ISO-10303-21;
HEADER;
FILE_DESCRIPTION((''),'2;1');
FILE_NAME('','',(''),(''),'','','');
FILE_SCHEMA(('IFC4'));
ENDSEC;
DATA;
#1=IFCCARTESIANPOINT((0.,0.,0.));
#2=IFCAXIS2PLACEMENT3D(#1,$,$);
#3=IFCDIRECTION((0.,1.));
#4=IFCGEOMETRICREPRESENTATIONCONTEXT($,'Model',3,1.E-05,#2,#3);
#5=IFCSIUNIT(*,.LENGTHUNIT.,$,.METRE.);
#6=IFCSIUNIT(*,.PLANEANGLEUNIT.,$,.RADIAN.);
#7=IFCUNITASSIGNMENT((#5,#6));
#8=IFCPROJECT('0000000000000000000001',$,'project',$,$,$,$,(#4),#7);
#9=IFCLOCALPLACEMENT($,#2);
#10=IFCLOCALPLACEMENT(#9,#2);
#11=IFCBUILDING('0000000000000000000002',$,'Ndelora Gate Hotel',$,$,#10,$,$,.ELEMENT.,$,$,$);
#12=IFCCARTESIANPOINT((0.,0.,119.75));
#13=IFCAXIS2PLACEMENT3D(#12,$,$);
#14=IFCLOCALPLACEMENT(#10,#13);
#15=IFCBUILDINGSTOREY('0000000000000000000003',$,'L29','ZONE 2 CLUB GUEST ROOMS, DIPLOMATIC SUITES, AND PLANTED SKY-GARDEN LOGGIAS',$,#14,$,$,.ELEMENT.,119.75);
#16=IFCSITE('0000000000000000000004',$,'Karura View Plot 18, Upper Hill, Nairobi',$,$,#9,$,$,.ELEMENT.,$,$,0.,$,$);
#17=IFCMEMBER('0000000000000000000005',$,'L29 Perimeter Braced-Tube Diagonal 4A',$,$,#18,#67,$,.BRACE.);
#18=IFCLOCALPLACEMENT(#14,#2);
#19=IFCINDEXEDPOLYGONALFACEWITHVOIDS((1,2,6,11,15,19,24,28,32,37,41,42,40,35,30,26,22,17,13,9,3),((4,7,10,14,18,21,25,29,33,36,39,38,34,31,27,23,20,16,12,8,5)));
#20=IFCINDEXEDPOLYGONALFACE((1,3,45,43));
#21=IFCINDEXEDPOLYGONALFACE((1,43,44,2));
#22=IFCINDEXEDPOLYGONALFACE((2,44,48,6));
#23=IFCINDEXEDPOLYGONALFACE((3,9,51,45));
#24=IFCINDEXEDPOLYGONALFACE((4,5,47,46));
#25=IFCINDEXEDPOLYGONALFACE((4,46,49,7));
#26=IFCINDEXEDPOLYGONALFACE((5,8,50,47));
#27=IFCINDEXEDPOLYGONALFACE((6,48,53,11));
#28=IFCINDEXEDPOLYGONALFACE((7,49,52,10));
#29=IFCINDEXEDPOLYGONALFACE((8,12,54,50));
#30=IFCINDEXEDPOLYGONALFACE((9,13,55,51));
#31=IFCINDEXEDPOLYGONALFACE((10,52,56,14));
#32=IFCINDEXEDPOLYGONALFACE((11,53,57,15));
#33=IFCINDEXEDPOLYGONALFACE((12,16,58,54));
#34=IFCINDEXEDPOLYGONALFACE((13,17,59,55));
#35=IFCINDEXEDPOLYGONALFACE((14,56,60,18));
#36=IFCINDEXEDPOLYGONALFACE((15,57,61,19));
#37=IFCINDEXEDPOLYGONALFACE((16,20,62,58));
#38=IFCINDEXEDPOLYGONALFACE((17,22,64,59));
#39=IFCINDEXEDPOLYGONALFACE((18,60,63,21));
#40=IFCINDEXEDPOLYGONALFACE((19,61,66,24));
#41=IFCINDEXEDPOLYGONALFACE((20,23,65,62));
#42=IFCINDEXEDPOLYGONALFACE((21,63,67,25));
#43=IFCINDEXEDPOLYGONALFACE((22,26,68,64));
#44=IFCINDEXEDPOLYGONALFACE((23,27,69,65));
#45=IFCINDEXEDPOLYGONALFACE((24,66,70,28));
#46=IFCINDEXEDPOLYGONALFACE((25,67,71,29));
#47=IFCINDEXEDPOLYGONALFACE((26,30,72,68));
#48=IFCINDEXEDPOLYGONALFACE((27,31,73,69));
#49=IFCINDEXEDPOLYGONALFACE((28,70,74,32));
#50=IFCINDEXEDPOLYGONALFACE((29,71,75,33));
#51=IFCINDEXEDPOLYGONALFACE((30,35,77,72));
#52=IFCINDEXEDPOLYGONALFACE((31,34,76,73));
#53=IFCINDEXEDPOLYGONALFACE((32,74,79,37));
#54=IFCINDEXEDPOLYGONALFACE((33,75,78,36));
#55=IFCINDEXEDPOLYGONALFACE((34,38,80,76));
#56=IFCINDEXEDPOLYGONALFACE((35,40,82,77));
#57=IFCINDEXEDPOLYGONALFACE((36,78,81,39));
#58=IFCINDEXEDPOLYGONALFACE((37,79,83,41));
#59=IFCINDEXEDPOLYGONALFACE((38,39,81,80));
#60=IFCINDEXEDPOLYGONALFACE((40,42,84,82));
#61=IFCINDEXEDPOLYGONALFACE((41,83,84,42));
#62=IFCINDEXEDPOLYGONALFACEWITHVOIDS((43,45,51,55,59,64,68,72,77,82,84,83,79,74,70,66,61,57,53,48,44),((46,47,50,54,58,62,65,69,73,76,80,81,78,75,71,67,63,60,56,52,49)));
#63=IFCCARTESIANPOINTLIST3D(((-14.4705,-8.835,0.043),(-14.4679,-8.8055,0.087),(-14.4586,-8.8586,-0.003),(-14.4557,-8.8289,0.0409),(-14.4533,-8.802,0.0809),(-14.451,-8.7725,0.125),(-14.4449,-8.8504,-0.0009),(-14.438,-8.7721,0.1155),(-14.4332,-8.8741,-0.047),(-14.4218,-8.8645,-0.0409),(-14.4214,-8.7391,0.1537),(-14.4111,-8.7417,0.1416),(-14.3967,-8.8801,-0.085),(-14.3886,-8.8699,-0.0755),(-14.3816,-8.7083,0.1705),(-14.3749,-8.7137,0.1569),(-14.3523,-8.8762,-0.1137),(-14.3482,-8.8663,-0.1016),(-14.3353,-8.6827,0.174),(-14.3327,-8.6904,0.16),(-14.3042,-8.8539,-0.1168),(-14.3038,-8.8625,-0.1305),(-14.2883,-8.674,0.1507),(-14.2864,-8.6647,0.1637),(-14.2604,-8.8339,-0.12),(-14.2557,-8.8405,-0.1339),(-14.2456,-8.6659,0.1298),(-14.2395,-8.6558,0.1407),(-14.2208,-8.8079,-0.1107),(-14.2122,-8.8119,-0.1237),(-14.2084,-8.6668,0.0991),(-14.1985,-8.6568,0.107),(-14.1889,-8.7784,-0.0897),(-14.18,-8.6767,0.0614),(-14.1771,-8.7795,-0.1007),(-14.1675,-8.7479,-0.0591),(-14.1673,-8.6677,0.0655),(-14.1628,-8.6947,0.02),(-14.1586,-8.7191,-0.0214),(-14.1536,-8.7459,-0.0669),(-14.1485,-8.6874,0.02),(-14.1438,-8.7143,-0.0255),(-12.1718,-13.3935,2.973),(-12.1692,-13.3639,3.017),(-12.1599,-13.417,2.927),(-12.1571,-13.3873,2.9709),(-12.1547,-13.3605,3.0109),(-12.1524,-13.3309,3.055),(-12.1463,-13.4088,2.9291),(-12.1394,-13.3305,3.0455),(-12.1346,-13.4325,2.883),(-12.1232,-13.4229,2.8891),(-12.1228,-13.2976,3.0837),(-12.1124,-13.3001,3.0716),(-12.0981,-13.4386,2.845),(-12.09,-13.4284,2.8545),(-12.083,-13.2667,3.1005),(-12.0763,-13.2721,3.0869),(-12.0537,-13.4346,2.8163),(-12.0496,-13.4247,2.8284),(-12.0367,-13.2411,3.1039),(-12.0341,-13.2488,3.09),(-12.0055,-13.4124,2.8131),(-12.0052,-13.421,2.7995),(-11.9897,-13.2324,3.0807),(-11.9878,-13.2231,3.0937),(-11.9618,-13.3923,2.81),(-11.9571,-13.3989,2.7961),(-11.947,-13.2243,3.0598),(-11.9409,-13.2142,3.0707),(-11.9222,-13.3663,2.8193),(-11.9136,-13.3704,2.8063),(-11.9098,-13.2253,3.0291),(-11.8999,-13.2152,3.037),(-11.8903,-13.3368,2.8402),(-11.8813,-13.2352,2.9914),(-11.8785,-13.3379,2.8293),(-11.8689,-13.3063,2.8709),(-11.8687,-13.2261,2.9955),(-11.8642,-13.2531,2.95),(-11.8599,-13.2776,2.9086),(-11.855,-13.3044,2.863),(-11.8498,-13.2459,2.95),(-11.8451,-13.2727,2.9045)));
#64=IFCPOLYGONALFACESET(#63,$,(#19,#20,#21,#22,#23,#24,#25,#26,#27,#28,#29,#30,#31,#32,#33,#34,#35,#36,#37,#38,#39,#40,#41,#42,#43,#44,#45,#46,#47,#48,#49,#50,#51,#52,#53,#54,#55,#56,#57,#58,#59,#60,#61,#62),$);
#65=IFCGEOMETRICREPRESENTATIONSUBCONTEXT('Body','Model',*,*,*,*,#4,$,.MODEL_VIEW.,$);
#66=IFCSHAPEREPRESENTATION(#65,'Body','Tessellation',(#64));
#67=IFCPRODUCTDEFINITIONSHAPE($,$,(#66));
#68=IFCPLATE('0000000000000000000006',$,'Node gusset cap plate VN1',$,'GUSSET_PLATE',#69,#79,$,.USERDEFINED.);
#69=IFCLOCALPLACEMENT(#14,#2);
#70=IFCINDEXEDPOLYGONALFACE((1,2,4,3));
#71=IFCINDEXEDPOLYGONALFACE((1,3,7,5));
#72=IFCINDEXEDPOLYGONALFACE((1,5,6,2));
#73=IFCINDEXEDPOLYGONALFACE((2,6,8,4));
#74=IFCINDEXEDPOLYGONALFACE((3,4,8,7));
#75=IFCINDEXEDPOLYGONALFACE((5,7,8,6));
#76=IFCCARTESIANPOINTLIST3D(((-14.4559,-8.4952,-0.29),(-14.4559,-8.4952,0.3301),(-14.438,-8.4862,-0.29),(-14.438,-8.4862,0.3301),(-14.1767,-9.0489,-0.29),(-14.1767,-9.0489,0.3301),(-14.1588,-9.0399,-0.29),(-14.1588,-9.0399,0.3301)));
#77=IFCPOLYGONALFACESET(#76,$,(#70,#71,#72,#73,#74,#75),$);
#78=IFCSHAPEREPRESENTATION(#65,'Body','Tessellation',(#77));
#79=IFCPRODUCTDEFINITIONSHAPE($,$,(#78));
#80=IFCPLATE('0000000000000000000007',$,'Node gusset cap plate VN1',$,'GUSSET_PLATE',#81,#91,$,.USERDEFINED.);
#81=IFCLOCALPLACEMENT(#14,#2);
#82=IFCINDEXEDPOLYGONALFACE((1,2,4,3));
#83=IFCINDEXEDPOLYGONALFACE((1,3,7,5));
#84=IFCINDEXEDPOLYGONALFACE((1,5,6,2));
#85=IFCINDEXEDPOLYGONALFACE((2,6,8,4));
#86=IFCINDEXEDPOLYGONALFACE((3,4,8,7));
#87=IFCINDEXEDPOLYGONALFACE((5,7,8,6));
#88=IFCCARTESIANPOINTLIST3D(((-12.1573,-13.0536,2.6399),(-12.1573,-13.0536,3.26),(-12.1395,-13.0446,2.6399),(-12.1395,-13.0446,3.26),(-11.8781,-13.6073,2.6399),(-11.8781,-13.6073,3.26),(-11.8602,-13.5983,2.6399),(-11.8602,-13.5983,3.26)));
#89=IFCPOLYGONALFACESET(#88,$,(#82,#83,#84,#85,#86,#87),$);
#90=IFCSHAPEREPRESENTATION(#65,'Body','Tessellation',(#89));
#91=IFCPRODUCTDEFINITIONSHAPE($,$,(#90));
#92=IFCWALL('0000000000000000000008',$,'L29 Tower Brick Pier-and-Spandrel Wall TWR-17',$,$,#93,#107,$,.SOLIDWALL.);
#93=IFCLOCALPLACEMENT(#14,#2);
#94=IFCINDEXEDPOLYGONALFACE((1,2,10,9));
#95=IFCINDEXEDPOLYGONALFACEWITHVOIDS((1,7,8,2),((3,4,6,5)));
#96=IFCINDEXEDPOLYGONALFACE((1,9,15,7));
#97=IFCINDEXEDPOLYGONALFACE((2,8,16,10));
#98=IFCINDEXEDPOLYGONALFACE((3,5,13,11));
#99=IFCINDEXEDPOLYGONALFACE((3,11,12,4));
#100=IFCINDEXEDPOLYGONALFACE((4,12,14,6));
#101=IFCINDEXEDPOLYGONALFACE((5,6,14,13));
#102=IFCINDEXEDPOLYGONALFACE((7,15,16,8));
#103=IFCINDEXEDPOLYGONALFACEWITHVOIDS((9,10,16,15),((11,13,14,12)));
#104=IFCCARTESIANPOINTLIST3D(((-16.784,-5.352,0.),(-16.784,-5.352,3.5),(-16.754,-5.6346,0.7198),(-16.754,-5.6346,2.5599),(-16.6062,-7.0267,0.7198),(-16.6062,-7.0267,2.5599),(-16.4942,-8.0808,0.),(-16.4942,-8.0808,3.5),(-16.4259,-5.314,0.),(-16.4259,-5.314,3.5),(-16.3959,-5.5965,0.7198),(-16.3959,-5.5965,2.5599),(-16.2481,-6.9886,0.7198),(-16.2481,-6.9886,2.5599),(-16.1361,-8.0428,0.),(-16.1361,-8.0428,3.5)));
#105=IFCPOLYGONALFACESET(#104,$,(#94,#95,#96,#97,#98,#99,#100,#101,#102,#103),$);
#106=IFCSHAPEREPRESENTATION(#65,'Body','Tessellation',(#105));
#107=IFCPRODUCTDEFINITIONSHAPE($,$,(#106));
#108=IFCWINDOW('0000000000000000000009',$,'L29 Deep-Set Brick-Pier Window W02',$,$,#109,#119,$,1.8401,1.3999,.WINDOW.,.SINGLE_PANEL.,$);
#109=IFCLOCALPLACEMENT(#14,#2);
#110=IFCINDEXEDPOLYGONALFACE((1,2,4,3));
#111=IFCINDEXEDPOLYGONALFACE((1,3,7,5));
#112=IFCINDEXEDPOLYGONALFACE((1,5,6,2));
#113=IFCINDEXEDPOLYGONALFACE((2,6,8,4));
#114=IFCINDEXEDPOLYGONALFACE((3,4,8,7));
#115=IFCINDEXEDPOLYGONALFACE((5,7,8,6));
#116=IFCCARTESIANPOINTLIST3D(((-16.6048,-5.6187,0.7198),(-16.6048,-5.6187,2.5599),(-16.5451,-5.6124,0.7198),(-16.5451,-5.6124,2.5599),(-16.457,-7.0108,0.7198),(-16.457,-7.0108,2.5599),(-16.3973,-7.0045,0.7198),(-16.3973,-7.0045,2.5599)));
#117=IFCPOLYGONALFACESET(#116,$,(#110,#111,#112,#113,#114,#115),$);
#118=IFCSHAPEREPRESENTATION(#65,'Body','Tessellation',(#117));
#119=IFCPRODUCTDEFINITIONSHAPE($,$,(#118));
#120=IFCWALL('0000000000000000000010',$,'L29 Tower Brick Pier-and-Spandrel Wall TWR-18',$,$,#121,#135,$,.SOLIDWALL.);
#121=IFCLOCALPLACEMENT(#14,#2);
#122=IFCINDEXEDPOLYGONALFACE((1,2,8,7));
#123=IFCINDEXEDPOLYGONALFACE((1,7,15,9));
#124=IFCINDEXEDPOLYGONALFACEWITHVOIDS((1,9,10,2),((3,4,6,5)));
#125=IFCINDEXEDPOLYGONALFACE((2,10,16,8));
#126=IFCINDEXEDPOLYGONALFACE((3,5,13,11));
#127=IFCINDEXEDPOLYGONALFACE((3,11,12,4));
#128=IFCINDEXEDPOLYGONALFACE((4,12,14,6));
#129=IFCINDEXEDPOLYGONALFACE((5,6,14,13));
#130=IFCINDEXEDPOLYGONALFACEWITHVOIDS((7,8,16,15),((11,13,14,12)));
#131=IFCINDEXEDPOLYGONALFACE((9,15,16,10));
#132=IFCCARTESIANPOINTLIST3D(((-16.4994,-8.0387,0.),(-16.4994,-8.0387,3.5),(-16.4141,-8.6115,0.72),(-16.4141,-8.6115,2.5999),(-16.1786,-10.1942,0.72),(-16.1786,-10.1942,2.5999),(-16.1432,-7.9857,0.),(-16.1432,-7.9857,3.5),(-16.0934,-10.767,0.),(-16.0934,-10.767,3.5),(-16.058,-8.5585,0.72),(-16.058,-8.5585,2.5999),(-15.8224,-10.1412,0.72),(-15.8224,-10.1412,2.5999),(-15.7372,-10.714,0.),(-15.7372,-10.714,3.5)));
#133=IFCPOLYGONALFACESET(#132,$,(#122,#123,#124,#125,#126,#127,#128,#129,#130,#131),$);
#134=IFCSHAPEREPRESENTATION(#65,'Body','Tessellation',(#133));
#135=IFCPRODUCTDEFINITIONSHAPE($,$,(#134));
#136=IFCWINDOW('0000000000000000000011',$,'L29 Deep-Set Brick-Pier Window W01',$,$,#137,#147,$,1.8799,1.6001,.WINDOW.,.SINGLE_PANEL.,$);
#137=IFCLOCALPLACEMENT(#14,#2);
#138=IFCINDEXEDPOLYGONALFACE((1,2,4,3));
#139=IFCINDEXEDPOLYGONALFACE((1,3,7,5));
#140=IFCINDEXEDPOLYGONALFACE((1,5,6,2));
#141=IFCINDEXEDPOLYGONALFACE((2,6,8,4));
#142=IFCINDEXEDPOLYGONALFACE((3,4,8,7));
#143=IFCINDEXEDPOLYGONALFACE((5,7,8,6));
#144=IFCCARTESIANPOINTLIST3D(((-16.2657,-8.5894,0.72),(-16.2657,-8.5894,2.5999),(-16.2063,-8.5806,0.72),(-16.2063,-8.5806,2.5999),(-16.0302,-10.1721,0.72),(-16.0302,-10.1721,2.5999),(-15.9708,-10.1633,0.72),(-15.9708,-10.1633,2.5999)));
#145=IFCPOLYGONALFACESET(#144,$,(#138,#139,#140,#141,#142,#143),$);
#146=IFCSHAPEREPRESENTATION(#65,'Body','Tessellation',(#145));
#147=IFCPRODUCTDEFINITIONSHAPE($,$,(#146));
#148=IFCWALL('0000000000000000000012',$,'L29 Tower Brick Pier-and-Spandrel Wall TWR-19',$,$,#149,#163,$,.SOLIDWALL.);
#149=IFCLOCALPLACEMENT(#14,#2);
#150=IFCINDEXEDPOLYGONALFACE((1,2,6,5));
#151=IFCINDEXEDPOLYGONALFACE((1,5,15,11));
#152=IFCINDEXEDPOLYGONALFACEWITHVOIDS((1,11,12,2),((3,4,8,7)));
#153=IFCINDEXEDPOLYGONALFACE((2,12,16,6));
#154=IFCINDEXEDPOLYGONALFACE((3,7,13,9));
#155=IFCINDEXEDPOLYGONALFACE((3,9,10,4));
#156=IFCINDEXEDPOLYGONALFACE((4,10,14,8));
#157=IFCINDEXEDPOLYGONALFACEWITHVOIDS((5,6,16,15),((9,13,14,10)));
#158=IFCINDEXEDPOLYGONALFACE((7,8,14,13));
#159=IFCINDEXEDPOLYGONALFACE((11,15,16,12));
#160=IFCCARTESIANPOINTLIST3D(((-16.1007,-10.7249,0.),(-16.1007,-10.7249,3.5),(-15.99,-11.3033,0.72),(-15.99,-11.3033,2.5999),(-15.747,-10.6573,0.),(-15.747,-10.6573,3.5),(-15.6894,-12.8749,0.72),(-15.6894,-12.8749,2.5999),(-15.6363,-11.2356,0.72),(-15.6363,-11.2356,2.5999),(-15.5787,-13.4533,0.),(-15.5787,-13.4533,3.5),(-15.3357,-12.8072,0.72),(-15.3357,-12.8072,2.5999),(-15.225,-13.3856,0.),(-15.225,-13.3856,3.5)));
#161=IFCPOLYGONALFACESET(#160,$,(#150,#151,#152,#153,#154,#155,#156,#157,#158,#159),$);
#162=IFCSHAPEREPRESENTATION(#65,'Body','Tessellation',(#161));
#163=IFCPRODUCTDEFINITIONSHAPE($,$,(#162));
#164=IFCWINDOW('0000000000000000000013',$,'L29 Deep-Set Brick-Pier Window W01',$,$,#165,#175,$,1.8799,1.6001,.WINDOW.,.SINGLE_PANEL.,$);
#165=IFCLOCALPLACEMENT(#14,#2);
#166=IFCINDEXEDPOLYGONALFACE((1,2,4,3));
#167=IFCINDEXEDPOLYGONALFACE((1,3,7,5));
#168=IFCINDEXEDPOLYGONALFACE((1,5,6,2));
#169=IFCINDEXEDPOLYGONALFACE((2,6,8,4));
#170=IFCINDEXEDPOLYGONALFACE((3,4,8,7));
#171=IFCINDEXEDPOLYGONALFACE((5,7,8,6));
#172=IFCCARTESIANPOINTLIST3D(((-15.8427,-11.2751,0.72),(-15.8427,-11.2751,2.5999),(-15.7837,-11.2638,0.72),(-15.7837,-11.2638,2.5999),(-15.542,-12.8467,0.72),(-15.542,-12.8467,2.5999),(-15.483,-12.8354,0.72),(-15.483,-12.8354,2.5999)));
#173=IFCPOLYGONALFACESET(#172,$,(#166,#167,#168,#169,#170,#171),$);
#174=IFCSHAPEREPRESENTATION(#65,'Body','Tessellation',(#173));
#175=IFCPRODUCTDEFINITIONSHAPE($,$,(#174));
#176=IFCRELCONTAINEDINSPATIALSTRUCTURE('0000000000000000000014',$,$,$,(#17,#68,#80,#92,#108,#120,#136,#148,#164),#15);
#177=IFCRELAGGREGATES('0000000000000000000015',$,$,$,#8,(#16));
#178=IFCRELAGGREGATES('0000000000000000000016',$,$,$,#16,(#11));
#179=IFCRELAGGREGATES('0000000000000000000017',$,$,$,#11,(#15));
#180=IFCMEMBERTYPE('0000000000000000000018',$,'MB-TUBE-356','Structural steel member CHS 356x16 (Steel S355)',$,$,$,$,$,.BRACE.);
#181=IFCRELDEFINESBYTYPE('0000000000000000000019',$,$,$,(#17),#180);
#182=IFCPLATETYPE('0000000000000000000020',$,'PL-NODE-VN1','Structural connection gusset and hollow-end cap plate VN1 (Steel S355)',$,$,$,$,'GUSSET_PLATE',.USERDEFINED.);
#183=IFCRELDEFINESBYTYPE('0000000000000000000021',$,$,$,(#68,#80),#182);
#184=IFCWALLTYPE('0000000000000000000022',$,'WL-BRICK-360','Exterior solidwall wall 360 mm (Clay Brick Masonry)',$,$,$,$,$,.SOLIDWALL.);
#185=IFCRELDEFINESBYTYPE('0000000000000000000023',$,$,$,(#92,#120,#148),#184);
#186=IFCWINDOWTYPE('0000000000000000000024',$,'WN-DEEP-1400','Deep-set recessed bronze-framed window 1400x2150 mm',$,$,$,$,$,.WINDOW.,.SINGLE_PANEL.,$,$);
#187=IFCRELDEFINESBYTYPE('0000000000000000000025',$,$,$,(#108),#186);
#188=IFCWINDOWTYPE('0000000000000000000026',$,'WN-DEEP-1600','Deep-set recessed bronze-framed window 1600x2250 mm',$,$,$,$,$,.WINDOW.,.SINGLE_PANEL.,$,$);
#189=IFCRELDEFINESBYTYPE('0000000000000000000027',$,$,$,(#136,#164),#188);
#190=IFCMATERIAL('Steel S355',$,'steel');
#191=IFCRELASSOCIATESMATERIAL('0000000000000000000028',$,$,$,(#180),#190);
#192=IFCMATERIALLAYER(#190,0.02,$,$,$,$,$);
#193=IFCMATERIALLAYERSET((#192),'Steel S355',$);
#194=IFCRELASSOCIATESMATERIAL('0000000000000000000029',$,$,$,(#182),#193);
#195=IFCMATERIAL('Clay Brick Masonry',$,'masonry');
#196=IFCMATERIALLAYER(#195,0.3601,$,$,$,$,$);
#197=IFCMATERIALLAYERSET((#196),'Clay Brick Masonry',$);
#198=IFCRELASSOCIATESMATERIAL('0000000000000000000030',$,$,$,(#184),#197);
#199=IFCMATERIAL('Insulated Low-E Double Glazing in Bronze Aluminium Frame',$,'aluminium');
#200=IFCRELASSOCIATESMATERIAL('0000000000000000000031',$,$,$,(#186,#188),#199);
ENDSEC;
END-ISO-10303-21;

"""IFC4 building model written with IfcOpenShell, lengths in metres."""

from ifc_helpers import new_model, si_unit, direction, frame, frame_2d, origin, origin_2d, place, context, subcontext, project, spatial, rectangle, hollow_circle, extrude, material, layer, layer_set, material_profile, profile_set, type_object, element, fill, save


model = new_model("IFC4")

# Units and contexts
model_context = context("Model", 3, precision=1e-05, world=origin(), true_north=direction((0.0, 1.0)))
body_context = subcontext(model_context, "Body", "Model", "MODEL_VIEW")
ifc_project = project(units=[si_unit("LENGTHUNIT", "METRE"), si_unit("PLANEANGLEUNIT", "RADIAN")], contexts=[model_context])

# Site, building, storey
site_placement = place(None, origin())
site = spatial("IfcSite", under=ifc_project, at=site_placement, Name="Karura View Plot 18, Upper Hill, Nairobi", CompositionType="ELEMENT", RefElevation=0.0)
building_placement = place(site_placement, origin())
building = spatial("IfcBuilding", under=site, at=building_placement, Name="Ndelora Gate Hotel", CompositionType="ELEMENT")
storey_placement = place(building_placement, frame((0.0, 0.0, 119.75)))
storey = spatial("IfcBuildingStorey", under=building, at=storey_placement, Name="L29", Description="ZONE 2 CLUB GUEST ROOMS, DIPLOMATIC SUITES, AND PLANTED SKY-GARDEN LOGGIAS", CompositionType="ELEMENT", Elevation=119.75)

# Shared definitions
ifc_material_1 = material(Name="Steel S355", Category="steel")

# Member
ifc_material_profile_1 = material_profile(ifc_material_1, hollow_circle(Radius=0.178, WallThickness=0.0161, at=origin_2d()), Name="CHS 356x16")
ifc_profile_set_1 = profile_set([ifc_material_profile_1], Name="Steel S355")
member_type = type_object("IfcMemberType", Name="MB-TUBE-356", Description="Structural steel member CHS 356x16 (Steel S355)", PredefinedType="BRACE", material=ifc_profile_set_1)
member_placement = place(storey_placement, frame((-14.3074, -8.7676, 0.02), z_axis=(0.390508, -0.774422, 0.497769), x_axis=(0.892901, 0.450253, 0.0)))
element("IfcMember", 1, at=member_placement, inside=storey, type_object=member_type, Name="L29 Perimeter Braced-Tube Diagonal 4A", PredefinedType="BRACE", context=body_context, shape_type="SweptSolid", body=[
    extrude(hollow_circle(Radius=0.178, WallThickness=0.0161, at=origin_2d()), origin(), (0.0, 0.0, 1.0), 5.8862),
])

# Plates
ifc_layer_1 = layer(ifc_material_1, 0.02)
ifc_layer_set_1 = layer_set([ifc_layer_1], Name="Steel S355")
plate_type = type_object("IfcPlateType", Name="PL-NODE-VN1", Description="Structural connection gusset and hollow-end cap plate VN1 (Steel S355)", ElementType="GUSSET_PLATE", PredefinedType="USERDEFINED", material=ifc_layer_set_1)
for number, where, z_axis, x_axis, name in (
    (2, (-14.3074, -8.7676, -0.29), (0.0, 0.0, 1.0), (-0.450254, 0.8929, 0.0), "Node gusset cap plate VN1"),
    (3, (-12.0088, -13.3259, 2.6399), (0.0, 0.0, 1.0), (-0.450254, 0.8929, 0.0), "Node gusset cap plate VN1"),
):
    element("IfcPlate", number, at=place(storey_placement, frame(where, z_axis=z_axis, x_axis=x_axis)), inside=storey, type_object=plate_type, Name=name, ObjectType="GUSSET_PLATE", PredefinedType="USERDEFINED", context=body_context, shape_type="SweptSolid", body=[
        extrude(rectangle(XDim=0.6201, YDim=0.02, at=origin_2d()), origin(), (0.0, 0.0, 1.0), 0.6201),
    ])

# Walls, openings, windows
ifc_material_2 = material(Name="Clay Brick Masonry", Category="masonry")
ifc_layer_2 = layer(ifc_material_2, 0.3601)
ifc_layer_set_2 = layer_set([ifc_layer_2], Name="Clay Brick Masonry")
wall_type = type_object("IfcWallType", Name="WL-BRICK-360", Description="Exterior solidwall wall 360 mm (Clay Brick Masonry)", PredefinedType="SOLIDWALL", material=ifc_layer_set_2)
wall_1_placement = place(storey_placement, frame((-16.3152, -8.0618, 0.0), z_axis=(0.0, 0.0, 1.0), x_axis=(-0.105606, 0.994408, 0.0)))
wall_1 = element("IfcWall", 4, at=wall_1_placement, inside=storey, type_object=wall_type, Name="L29 Tower Brick Pier-and-Spandrel Wall TWR-17", PredefinedType="SOLIDWALL", context=body_context, shape_type="SweptSolid", body=[
    extrude(rectangle(XDim=2.7441, YDim=0.3601, at=frame_2d((1.3721, 0.0))), origin(), (0.0, 0.0, 1.0), 3.5),
])
opening_1_placement = place(wall_1_placement, frame((1.0601, 0.0, 0.72)))
opening_1 = element("IfcOpeningElement", 5, at=opening_1_placement, cuts=wall_1, PredefinedType="OPENING", context=body_context, shape_type="SweptSolid", body=[
    extrude(rectangle(XDim=1.3999, YDim=1.8401, at=frame_2d((0.7, 0.9199))), frame((0.0, 0.1899, 0.0), z_axis=(0.0, -1.0, 0.0), x_axis=(1.0, 0.0, 0.0)), (0.0, 0.0, 1.0), 0.3801),
])
ifc_material_3 = material(Name="Insulated Low-E Double Glazing in Bronze Aluminium Frame", Category="aluminium")
window_type_1 = type_object("IfcWindowType", Name="WN-DEEP-1400", Description="Deep-set recessed bronze-framed window 1400x2150 mm", PartitioningType="SINGLE_PANEL", PredefinedType="WINDOW", material=ifc_material_3)
window_1_placement = place(opening_1_placement, origin())
window_1 = element("IfcWindow", 6, at=window_1_placement, inside=storey, type_object=window_type_1, Name="L29 Deep-Set Brick-Pier Window W02", OverallHeight=1.8401, OverallWidth=1.3999, PartitioningType="SINGLE_PANEL", PredefinedType="WINDOW", context=body_context, shape_type="SweptSolid", body=[
    extrude(rectangle(XDim=1.3999, YDim=1.8401, at=frame_2d((0.7, 0.9199))), frame((0.0, 0.03, 0.0), z_axis=(0.0, -1.0, 0.0), x_axis=(1.0, 0.0, 0.0)), (0.0, 0.0, 1.0), 0.0601),
])
fill(opening_1, window_1)
wall_2_placement = place(storey_placement, frame((-15.9153, -10.7405, 0.0), z_axis=(0.0, 0.0, 1.0), x_axis=(-0.147193, 0.989108, 0.0)))
wall_2 = element("IfcWall", 7, at=wall_2_placement, inside=storey, type_object=wall_type, Name="L29 Tower Brick Pier-and-Spandrel Wall TWR-18", PredefinedType="SOLIDWALL", context=body_context, shape_type="SweptSolid", body=[
    extrude(rectangle(XDim=2.7583, YDim=0.3601, at=frame_2d((1.3792, 0.0))), origin(), (0.0, 0.0, 1.0), 3.5),
])
opening_2_placement = place(wall_2_placement, frame((0.5791, 0.0, 0.72)))
opening_2 = element("IfcOpeningElement", 8, at=opening_2_placement, cuts=wall_2, PredefinedType="OPENING", context=body_context, shape_type="SweptSolid", body=[
    extrude(rectangle(XDim=1.6001, YDim=1.8799, at=frame_2d((0.8, 0.9399))), frame((0.0, 0.1899, 0.0), z_axis=(0.0, -1.0, 0.0), x_axis=(1.0, 0.0, 0.0)), (0.0, 0.0, 1.0), 0.3801),
])
window_type_2 = type_object("IfcWindowType", Name="WN-DEEP-1600", Description="Deep-set recessed bronze-framed window 1600x2250 mm", PartitioningType="SINGLE_PANEL", PredefinedType="WINDOW", material=ifc_material_3)
window_2_placement = place(opening_2_placement, origin())
window_2 = element("IfcWindow", 9, at=window_2_placement, inside=storey, type_object=window_type_2, Name="L29 Deep-Set Brick-Pier Window W01", OverallHeight=1.8799, OverallWidth=1.6001, PartitioningType="SINGLE_PANEL", PredefinedType="WINDOW", context=body_context, shape_type="SweptSolid", body=[
    extrude(rectangle(XDim=1.6001, YDim=1.8799, at=frame_2d((0.8, 0.9399))), frame((0.0, 0.03, 0.0), z_axis=(0.0, -1.0, 0.0), x_axis=(1.0, 0.0, 0.0)), (0.0, 0.0, 1.0), 0.0601),
])
fill(opening_2, window_2)
wall_3_placement = place(storey_placement, frame((-15.4019, -13.4194, 0.0), z_axis=(0.0, 0.0, 1.0), x_axis=(-0.187912, 0.982186, 0.0)))
wall_3 = element("IfcWall", 10, at=wall_3_placement, inside=storey, type_object=wall_type, Name="L29 Tower Brick Pier-and-Spandrel Wall TWR-19", PredefinedType="SOLIDWALL", context=body_context, shape_type="SweptSolid", body=[
    extrude(rectangle(XDim=2.7778, YDim=0.3601, at=frame_2d((1.3889, 0.0))), origin(), (0.0, 0.0, 1.0), 3.5),
])
opening_3_placement = place(wall_3_placement, frame((0.5889, 0.0, 0.72)))
opening_3 = element("IfcOpeningElement", 11, at=opening_3_placement, cuts=wall_3, PredefinedType="OPENING", context=body_context, shape_type="SweptSolid", body=[
    extrude(rectangle(XDim=1.6001, YDim=1.8799, at=frame_2d((0.8, 0.9399))), frame((0.0, 0.1899, 0.0), z_axis=(0.0, -1.0, 0.0), x_axis=(1.0, 0.0, 0.0)), (0.0, 0.0, 1.0), 0.3801),
])
window_3_placement = place(opening_3_placement, origin())
window_3 = element("IfcWindow", 12, at=window_3_placement, inside=storey, type_object=window_type_2, Name="L29 Deep-Set Brick-Pier Window W01", OverallHeight=1.8799, OverallWidth=1.6001, PartitioningType="SINGLE_PANEL", PredefinedType="WINDOW", context=body_context, shape_type="SweptSolid", body=[
    extrude(rectangle(XDim=1.6001, YDim=1.8799, at=frame_2d((0.8, 0.9399))), frame((0.0, 0.03, 0.0), z_axis=(0.0, -1.0, 0.0), x_axis=(1.0, 0.0, 0.0)), (0.0, 0.0, 1.0), 0.0601),
])
fill(opening_3, window_3)

save(model, "model.ifc")
